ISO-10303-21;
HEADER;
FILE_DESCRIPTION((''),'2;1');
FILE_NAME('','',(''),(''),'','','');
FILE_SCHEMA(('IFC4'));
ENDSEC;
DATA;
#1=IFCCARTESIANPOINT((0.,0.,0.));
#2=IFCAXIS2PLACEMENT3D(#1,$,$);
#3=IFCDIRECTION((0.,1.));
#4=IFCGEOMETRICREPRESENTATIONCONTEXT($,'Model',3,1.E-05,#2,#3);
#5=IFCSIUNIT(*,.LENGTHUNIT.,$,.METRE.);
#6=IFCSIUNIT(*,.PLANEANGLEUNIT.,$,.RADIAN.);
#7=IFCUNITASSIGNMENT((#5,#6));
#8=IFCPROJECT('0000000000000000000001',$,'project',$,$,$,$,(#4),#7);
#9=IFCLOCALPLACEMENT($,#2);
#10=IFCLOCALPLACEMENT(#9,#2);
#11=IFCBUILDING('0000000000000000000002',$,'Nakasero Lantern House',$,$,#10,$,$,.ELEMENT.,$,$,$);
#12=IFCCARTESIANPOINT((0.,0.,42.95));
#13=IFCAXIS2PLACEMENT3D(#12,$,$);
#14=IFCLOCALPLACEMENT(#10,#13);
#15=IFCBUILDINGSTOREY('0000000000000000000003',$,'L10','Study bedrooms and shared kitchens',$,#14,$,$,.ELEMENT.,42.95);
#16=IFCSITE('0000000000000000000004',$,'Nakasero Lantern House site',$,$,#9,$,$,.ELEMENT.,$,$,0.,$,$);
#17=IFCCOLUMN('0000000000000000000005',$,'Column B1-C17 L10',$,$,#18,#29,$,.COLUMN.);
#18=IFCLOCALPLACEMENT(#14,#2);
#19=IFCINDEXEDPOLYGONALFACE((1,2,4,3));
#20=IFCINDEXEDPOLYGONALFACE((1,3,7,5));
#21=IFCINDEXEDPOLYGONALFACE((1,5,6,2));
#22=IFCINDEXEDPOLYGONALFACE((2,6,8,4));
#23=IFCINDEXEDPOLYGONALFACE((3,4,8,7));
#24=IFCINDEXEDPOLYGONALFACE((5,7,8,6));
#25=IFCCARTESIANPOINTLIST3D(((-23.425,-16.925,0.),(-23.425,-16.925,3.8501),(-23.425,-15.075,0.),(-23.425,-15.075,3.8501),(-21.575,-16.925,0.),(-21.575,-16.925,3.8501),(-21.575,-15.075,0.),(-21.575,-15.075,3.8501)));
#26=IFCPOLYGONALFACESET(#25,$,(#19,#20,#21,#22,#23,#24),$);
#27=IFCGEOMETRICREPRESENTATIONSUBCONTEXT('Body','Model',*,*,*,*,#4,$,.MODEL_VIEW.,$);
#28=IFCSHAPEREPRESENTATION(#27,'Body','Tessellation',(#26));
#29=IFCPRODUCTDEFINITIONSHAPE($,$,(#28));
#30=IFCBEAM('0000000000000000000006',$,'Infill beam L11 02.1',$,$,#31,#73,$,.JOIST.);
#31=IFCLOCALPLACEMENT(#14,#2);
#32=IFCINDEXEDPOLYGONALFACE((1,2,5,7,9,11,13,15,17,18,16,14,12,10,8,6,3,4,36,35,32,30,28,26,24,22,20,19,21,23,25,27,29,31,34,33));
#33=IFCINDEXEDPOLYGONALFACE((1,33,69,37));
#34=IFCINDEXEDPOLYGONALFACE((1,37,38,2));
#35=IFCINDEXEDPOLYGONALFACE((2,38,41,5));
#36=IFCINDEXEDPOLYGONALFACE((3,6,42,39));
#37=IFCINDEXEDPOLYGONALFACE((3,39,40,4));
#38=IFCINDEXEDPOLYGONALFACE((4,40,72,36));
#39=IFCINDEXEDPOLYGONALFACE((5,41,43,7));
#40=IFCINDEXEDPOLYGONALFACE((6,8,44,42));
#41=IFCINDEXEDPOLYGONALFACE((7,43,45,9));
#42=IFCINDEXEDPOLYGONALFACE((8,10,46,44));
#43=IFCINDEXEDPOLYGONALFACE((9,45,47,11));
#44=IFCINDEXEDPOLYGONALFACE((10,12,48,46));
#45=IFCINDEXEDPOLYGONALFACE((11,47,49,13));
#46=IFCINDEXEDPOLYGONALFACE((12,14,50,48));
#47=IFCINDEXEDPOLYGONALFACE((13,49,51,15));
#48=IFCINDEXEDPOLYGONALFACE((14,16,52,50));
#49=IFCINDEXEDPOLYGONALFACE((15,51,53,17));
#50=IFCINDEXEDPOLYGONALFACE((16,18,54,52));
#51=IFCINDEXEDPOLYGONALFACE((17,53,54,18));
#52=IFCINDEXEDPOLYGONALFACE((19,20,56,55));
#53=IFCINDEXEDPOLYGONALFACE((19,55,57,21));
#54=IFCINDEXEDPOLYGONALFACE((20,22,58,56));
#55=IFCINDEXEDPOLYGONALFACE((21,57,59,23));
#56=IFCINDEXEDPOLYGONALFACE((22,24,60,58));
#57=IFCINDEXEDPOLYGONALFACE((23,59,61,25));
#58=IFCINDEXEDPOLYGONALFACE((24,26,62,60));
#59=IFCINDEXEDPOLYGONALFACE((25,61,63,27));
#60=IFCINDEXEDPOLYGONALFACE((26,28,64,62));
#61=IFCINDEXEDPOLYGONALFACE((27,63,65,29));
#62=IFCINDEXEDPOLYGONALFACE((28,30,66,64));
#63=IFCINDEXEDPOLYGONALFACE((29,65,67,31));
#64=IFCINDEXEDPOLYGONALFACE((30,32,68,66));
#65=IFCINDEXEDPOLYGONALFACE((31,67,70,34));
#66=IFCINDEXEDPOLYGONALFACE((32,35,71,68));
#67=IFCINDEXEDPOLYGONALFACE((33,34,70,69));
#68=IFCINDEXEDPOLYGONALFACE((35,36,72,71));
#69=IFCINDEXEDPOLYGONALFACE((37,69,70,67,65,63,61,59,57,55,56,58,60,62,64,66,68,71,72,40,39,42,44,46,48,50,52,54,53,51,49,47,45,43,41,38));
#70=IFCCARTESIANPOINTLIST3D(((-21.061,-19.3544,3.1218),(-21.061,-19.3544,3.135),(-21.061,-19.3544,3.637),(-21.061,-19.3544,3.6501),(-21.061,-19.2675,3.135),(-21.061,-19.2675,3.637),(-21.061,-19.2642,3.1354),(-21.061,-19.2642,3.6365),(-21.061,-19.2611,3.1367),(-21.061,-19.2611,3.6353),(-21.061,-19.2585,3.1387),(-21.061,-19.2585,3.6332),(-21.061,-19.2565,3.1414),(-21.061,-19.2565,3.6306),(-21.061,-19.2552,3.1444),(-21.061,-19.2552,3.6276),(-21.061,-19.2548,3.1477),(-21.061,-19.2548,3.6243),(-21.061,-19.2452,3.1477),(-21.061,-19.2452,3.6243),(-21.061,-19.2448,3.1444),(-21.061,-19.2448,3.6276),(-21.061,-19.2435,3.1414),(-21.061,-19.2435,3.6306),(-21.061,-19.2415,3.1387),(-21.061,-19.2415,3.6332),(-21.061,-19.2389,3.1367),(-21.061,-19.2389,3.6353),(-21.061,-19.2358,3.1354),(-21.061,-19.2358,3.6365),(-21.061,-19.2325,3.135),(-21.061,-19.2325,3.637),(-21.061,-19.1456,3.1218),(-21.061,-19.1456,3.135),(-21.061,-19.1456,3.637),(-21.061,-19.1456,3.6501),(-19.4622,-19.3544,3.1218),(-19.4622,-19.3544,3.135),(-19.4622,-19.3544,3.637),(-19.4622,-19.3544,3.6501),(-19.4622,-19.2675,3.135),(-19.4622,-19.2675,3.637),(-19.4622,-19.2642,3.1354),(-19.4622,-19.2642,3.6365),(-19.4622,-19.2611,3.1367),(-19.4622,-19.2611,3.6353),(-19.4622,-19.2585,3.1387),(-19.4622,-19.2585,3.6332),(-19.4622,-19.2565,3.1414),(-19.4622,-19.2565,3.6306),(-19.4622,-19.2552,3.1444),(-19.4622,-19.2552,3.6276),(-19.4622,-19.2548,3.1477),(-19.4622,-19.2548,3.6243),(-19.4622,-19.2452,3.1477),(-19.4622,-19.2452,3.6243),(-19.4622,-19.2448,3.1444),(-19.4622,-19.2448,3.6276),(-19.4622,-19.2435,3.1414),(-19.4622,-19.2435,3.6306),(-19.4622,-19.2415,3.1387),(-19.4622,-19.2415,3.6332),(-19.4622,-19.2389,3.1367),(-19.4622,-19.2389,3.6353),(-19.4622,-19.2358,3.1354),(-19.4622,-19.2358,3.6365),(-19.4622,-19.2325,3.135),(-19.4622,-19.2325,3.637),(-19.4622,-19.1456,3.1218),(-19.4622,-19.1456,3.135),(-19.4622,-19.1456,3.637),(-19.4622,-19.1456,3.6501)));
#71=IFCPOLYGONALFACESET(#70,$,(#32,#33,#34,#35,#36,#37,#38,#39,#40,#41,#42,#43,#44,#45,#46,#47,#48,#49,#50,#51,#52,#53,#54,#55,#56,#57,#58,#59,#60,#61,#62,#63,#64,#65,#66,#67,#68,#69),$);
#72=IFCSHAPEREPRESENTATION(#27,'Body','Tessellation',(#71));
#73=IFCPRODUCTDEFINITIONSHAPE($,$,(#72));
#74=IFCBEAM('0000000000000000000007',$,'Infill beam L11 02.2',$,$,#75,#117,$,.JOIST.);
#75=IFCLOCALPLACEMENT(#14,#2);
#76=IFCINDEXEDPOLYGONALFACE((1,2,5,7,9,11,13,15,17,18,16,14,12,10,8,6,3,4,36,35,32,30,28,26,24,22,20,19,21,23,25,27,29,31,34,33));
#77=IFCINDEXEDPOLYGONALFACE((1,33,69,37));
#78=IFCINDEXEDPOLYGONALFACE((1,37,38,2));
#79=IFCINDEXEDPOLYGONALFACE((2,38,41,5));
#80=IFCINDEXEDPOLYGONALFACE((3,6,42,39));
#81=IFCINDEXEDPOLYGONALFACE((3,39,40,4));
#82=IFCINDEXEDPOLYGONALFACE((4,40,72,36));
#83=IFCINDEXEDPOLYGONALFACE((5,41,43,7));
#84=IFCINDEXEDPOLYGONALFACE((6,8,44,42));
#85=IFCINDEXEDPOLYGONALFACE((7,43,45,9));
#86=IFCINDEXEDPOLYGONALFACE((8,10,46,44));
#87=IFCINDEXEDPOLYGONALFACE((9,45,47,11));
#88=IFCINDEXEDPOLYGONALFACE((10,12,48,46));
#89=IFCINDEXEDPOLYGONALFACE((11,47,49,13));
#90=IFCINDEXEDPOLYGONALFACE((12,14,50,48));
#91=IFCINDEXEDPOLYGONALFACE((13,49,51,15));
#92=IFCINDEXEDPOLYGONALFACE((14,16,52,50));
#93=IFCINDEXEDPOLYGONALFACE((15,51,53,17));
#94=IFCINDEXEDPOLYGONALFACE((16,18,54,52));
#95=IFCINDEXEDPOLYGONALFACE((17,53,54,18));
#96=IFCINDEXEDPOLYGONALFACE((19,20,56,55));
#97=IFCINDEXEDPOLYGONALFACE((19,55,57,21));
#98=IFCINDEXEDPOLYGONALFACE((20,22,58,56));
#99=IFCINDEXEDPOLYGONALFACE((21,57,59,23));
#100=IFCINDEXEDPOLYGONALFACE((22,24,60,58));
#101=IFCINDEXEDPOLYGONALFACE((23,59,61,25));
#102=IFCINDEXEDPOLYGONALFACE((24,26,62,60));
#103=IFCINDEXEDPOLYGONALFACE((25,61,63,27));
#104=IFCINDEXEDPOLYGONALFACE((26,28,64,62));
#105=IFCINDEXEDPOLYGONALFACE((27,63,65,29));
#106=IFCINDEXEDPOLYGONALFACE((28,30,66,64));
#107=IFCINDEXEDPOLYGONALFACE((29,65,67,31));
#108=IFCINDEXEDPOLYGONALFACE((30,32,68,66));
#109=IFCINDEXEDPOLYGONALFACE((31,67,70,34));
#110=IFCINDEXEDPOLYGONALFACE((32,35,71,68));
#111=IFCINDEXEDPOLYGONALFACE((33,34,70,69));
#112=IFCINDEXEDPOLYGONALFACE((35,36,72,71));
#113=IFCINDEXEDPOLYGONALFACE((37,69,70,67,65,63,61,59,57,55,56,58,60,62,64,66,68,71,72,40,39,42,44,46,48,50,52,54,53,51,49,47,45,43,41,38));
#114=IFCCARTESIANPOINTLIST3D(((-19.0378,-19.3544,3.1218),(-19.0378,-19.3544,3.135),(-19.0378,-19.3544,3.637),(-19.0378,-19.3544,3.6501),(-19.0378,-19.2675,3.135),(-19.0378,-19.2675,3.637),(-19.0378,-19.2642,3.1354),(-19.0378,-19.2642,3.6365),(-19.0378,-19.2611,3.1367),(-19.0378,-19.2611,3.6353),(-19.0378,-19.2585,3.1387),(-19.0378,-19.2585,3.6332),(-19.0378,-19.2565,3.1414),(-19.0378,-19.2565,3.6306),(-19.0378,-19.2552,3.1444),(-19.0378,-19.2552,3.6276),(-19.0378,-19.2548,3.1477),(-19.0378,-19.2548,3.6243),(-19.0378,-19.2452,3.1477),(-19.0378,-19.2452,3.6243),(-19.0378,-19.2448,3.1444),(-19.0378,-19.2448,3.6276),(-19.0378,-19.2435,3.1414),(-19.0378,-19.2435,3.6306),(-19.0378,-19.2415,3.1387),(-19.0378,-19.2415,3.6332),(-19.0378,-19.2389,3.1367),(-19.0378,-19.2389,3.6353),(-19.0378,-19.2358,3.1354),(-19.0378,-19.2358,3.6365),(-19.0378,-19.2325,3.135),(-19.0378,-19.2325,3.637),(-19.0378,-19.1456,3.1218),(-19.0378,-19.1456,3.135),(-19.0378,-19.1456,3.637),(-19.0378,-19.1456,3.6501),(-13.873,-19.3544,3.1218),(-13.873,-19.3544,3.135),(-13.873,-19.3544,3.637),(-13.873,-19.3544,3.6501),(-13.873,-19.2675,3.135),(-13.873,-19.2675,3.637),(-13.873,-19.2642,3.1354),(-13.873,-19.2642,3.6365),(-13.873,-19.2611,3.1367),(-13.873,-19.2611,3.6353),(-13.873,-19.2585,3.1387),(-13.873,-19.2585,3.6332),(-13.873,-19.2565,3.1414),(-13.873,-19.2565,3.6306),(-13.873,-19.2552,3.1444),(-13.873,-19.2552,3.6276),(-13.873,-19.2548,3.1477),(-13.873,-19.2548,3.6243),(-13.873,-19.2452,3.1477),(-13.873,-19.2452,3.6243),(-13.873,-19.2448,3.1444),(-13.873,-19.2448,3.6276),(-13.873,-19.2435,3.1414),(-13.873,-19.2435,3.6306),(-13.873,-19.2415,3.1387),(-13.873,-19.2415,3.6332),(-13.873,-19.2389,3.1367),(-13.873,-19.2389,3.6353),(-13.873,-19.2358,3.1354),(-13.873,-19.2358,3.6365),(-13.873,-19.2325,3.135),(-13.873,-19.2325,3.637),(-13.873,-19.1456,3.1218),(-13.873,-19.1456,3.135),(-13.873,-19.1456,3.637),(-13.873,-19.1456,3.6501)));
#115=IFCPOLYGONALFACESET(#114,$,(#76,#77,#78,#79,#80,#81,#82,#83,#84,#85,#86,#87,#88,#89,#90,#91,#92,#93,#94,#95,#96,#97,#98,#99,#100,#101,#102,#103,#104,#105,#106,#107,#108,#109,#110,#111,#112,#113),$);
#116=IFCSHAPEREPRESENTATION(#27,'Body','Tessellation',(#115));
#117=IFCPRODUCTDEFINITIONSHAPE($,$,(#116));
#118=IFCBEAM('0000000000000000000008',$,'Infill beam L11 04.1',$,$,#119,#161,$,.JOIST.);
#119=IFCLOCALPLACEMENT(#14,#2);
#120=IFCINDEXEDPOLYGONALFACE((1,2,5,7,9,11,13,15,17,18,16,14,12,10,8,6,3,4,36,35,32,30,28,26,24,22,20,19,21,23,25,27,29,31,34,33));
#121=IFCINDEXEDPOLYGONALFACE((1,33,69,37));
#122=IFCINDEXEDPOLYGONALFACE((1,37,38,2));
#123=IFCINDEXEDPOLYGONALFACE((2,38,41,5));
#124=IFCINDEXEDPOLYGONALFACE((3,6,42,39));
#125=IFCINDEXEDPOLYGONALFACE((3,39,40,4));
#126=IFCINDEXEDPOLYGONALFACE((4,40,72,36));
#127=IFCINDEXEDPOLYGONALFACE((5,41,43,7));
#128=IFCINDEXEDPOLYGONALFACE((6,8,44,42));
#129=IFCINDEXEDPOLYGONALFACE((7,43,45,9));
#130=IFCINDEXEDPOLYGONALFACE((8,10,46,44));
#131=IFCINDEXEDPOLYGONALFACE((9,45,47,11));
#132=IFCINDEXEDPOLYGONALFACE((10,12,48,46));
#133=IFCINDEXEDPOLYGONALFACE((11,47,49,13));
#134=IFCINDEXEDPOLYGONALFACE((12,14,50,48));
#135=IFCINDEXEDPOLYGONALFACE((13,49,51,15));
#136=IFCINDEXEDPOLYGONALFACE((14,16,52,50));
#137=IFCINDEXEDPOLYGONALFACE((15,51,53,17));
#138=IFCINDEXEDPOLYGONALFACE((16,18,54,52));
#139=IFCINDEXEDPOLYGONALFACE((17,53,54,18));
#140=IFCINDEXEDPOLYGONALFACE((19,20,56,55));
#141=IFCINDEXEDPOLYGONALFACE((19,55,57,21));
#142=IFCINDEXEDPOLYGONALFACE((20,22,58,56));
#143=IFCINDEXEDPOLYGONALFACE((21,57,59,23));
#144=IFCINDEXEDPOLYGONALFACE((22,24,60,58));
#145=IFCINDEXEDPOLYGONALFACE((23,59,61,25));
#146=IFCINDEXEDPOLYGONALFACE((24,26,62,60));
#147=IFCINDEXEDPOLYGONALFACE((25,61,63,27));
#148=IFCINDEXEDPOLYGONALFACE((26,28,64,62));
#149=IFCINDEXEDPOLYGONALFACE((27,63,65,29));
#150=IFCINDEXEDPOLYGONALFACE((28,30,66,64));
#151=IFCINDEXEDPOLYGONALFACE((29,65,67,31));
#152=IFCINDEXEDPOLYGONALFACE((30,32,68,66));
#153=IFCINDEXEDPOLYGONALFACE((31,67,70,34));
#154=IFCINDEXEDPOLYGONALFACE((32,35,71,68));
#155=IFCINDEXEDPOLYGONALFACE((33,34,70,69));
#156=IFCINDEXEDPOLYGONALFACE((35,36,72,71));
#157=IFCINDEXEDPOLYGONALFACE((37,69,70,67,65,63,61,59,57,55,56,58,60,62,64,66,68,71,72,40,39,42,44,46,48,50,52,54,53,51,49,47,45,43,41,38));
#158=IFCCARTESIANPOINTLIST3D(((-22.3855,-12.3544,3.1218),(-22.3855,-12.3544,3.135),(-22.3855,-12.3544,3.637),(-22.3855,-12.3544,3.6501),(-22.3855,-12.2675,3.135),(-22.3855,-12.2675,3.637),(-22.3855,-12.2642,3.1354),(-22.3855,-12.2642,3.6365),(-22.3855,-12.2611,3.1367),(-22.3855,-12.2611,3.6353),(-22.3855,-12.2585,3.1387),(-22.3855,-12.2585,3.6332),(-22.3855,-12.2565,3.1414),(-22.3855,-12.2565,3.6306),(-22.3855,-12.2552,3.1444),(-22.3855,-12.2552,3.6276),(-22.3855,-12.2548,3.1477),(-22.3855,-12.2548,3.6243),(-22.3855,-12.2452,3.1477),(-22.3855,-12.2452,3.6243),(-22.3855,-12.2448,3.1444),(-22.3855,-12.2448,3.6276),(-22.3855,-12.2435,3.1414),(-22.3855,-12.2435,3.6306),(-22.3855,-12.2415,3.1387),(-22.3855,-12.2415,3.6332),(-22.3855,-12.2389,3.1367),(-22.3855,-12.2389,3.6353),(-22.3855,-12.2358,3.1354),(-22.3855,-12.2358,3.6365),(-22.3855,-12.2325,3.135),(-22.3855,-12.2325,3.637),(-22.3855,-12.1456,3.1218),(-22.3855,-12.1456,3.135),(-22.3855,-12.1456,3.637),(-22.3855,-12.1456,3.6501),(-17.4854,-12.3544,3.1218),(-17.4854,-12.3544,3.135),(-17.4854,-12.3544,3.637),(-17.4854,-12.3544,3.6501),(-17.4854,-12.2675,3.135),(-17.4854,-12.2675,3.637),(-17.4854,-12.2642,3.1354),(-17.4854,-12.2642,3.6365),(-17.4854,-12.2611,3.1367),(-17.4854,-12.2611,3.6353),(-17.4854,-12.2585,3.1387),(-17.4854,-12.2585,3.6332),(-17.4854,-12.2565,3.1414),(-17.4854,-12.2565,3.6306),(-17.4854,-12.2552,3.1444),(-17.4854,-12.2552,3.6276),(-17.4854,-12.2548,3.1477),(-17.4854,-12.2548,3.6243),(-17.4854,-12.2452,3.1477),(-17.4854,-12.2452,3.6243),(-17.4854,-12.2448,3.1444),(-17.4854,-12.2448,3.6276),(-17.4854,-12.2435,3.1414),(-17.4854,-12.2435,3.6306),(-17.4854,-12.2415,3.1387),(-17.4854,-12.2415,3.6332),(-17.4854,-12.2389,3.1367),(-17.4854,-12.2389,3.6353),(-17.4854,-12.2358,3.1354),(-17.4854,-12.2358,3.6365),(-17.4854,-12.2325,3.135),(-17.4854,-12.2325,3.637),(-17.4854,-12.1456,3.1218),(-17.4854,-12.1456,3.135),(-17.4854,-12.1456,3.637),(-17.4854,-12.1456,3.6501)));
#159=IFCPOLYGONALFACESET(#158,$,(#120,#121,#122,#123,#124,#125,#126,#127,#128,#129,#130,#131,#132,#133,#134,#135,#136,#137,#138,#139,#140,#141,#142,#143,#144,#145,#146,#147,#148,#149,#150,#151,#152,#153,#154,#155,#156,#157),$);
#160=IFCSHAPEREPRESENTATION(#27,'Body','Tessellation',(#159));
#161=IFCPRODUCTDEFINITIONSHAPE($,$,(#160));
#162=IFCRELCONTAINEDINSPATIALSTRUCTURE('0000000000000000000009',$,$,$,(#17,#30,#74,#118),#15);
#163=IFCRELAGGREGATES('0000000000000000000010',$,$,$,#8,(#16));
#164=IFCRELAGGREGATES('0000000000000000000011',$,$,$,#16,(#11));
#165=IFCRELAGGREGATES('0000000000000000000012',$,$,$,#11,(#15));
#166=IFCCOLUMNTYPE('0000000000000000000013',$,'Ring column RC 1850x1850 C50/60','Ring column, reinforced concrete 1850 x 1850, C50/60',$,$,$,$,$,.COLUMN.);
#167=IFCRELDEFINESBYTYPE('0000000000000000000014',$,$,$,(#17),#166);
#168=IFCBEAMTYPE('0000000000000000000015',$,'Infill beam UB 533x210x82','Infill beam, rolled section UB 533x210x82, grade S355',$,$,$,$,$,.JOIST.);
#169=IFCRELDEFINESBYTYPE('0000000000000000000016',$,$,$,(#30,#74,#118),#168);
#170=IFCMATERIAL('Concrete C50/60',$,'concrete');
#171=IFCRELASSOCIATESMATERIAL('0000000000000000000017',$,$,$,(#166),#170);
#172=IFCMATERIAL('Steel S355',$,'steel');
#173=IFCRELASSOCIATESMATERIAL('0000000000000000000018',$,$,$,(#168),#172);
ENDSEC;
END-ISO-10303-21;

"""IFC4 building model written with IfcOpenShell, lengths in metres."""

from ifc_helpers import new_model, si_unit, direction, frame, origin, origin_2d, place, context, subcontext, project, spatial, rectangle, i_section, extrude, material, material_profile, profile_set, type_object, element, save


model = new_model("IFC4")

# Units and contexts
model_context = context("Model", 3, precision=1e-05, world=origin(), true_north=direction((0.0, 1.0)))
body_context = subcontext(model_context, "Body", "Model", "MODEL_VIEW")
ifc_project = project(units=[si_unit("LENGTHUNIT", "METRE"), si_unit("PLANEANGLEUNIT", "RADIAN")], contexts=[model_context])

# Site, building, storey
site_placement = place(None, origin())
site = spatial("IfcSite", under=ifc_project, at=site_placement, Name="Nakasero Lantern House site", CompositionType="ELEMENT", RefElevation=0.0)
building_placement = place(site_placement, origin())
building = spatial("IfcBuilding", under=site, at=building_placement, Name="Nakasero Lantern House", CompositionType="ELEMENT")
storey_placement = place(building_placement, frame((0.0, 0.0, 42.95)))
storey = spatial("IfcBuildingStorey", under=building, at=storey_placement, Name="L10", Description="Study bedrooms and shared kitchens", CompositionType="ELEMENT", Elevation=42.95)

# Column
ifc_material_1 = material(Name="Concrete C50/60", Category="concrete")
ifc_material_profile_1 = material_profile(ifc_material_1, rectangle(XDim=1.8501, YDim=1.8501, at=origin_2d()), Name="RC 1850x1850")
ifc_profile_set_1 = profile_set([ifc_material_profile_1], Name="Concrete C50/60")
column_type = type_object("IfcColumnType", Name="Ring column RC 1850x1850 C50/60", Description="Ring column, reinforced concrete 1850 x 1850, C50/60", PredefinedType="COLUMN", material=ifc_profile_set_1)
column_placement = place(storey_placement, frame((-22.5, -16.0, 0.0), z_axis=(0.0, 0.0, 1.0), x_axis=(1.0, 0.0, 0.0)))
element("IfcColumn", 1, at=column_placement, inside=storey, type_object=column_type, Name="Column B1-C17 L10", PredefinedType="COLUMN", context=body_context, shape_type="SweptSolid", body=[
    extrude(rectangle(XDim=1.8501, YDim=1.8501, at=origin_2d()), origin(), (0.0, 0.0, 1.0), 3.8501),
])

# Beams
ifc_material_2 = material(Name="Steel S355", Category="steel")
ifc_material_profile_2 = material_profile(ifc_material_2, i_section(OverallWidth=0.2087, OverallDepth=0.5283, WebThickness=0.0095, FlangeThickness=0.0132, FilletRadius=0.0127, at=origin_2d()), Name="UB 533x210x82")
ifc_profile_set_2 = profile_set([ifc_material_profile_2], Name="Steel S355")
beam_type_1 = type_object("IfcBeamType", Name="Infill beam UB 533x210x82", Description="Infill beam, rolled section UB 533x210x82, grade S355", PredefinedType="JOIST", material=ifc_profile_set_2)
beam_1_placement = place(storey_placement, frame((-21.061, -19.25, 3.386), z_axis=(1.0, 0.0, 0.0), x_axis=(0.0, 1.0, 0.0)))
element("IfcBeam", 2, at=beam_1_placement, inside=storey, type_object=beam_type_1, Name="Infill beam L11 02.1", PredefinedType="JOIST", context=body_context, shape_type="SweptSolid", body=[
    extrude(i_section(OverallWidth=0.2087, OverallDepth=0.5283, WebThickness=0.0095, FlangeThickness=0.0132, FilletRadius=0.0127, at=origin_2d()), origin(), (0.0, 0.0, 1.0), 1.5989),
])
beam_2_placement = place(storey_placement, frame((-19.0378, -19.25, 3.386), z_axis=(1.0, 0.0, 0.0), x_axis=(0.0, 1.0, 0.0)))
element("IfcBeam", 3, at=beam_2_placement, inside=storey, type_object=beam_type_1, Name="Infill beam L11 02.2", PredefinedType="JOIST", context=body_context, shape_type="SweptSolid", body=[
    extrude(i_section(OverallWidth=0.2087, OverallDepth=0.5283, WebThickness=0.0095, FlangeThickness=0.0132, FilletRadius=0.0127, at=origin_2d()), origin(), (0.0, 0.0, 1.0), 5.1648),
])
beam_3_placement = place(storey_placement, frame((-22.3855, -12.25, 3.386), z_axis=(1.0, 0.0, 0.0), x_axis=(0.0, 1.0, 0.0)))
element("IfcBeam", 4, at=beam_3_placement, inside=storey, type_object=beam_type_1, Name="Infill beam L11 04.1", PredefinedType="JOIST", context=body_context, shape_type="SweptSolid", body=[
    extrude(i_section(OverallWidth=0.2087, OverallDepth=0.5283, WebThickness=0.0095, FlangeThickness=0.0132, FilletRadius=0.0127, at=origin_2d()), origin(), (0.0, 0.0, 1.0), 4.9001),
])

save(model, "model.ifc")
